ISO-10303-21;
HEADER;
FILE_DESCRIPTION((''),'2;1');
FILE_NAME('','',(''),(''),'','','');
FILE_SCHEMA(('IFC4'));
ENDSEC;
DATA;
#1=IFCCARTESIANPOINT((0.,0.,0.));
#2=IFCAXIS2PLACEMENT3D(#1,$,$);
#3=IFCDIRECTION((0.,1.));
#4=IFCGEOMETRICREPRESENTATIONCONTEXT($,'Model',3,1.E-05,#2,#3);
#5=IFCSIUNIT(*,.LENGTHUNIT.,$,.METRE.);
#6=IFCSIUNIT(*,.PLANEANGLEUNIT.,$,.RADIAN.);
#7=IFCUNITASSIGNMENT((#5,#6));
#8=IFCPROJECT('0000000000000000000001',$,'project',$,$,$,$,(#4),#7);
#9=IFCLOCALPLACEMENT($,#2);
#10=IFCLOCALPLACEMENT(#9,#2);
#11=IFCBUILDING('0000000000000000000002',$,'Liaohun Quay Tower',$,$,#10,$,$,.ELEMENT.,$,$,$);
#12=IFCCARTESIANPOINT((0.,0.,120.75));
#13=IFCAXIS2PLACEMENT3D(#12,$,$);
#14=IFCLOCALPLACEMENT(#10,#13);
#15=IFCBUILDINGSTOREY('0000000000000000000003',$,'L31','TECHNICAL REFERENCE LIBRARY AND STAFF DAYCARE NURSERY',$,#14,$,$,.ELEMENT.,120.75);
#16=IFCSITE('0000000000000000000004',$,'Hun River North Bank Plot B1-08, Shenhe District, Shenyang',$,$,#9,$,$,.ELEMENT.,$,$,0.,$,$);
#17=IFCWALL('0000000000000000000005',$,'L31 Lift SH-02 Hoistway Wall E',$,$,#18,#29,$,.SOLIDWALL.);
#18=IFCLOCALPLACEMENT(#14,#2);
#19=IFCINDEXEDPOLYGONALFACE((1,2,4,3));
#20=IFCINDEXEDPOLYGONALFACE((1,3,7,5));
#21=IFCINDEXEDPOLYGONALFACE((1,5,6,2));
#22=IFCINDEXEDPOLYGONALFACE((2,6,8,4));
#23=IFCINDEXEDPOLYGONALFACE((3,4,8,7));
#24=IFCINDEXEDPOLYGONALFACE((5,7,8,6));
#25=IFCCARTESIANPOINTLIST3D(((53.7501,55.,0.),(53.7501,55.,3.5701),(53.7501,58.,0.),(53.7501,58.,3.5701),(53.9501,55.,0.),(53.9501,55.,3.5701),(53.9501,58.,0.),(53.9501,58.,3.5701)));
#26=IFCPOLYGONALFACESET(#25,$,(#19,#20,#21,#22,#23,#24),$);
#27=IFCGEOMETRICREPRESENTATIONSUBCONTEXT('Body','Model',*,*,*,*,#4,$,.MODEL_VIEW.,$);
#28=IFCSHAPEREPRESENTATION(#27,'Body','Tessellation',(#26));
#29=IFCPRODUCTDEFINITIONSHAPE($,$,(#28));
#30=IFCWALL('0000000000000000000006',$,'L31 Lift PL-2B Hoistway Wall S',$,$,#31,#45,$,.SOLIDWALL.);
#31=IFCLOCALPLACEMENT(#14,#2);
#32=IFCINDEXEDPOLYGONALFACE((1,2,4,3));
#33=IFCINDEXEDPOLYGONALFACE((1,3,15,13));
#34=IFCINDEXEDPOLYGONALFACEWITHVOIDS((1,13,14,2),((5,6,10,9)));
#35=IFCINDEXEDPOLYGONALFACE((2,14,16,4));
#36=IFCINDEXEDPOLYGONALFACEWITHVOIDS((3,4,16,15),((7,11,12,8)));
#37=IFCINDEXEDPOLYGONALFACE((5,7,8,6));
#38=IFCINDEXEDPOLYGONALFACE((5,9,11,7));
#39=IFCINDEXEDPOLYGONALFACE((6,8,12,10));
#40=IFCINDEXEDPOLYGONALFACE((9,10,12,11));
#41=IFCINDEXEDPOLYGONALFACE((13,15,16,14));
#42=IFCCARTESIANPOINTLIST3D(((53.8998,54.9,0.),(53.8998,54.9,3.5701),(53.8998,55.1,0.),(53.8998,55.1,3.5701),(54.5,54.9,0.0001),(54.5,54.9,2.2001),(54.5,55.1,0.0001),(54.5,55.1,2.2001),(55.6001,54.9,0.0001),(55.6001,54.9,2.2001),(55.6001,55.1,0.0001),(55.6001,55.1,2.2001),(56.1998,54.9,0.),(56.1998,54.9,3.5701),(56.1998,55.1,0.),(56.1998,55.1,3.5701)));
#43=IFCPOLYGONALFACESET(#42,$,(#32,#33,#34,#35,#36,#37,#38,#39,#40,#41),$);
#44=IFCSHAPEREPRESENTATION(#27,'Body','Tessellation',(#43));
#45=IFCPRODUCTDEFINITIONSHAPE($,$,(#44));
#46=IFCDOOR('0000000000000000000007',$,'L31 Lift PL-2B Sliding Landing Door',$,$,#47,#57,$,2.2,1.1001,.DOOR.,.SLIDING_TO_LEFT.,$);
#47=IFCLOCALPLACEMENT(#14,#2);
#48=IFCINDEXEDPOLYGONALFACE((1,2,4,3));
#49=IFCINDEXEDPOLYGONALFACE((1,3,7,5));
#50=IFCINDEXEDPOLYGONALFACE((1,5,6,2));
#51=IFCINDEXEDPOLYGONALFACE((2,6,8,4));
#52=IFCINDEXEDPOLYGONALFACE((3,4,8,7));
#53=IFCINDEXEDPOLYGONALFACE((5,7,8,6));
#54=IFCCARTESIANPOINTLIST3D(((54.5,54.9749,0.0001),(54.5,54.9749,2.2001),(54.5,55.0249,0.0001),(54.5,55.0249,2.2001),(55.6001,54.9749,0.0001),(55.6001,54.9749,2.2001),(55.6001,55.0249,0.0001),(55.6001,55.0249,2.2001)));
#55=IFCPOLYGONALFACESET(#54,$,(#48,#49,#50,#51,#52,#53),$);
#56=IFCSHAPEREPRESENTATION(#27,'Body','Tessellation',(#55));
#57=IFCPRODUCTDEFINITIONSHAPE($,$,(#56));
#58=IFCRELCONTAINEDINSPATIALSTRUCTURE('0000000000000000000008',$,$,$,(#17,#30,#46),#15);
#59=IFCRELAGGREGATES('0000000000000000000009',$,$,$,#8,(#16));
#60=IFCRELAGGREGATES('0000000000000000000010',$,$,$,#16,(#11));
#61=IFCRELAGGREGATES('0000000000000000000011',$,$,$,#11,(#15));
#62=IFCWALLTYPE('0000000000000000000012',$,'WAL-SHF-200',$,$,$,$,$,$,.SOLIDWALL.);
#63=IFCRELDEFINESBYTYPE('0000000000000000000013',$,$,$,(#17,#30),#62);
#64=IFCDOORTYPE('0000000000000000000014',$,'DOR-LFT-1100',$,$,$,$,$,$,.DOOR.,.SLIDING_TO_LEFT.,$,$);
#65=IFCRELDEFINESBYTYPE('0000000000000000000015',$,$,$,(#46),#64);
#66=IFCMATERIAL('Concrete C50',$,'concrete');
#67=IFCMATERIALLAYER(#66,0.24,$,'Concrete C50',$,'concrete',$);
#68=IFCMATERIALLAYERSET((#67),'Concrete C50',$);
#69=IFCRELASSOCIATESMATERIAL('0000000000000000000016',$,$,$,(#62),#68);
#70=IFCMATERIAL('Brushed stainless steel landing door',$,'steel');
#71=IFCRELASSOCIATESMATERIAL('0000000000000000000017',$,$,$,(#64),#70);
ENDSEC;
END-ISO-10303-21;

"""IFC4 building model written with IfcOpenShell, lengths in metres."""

from ifc_helpers import new_model, si_unit, direction, frame, frame_2d, origin, place, context, subcontext, project, spatial, rectangle, extrude, source, transform, mapped, material, layer, layer_set, type_object, element, fill, save


model = new_model("IFC4")

# Units and contexts
model_context = context("Model", 3, precision=1e-05, world=origin(), true_north=direction((0.0, 1.0)))
body_context = subcontext(model_context, "Body", "Model", "MODEL_VIEW")
ifc_project = project(units=[si_unit("LENGTHUNIT", "METRE"), si_unit("PLANEANGLEUNIT", "RADIAN")], contexts=[model_context])

# Site, building, storey
site_placement = place(None, origin())
site = spatial("IfcSite", under=ifc_project, at=site_placement, Name="Hun River North Bank Plot B1-08, Shenhe District, Shenyang", CompositionType="ELEMENT", RefElevation=0.0)
building_placement = place(site_placement, origin())
building = spatial("IfcBuilding", under=site, at=building_placement, Name="Liaohun Quay Tower", CompositionType="ELEMENT")
storey_placement = place(building_placement, frame((0.0, 0.0, 120.75)))
storey = spatial("IfcBuildingStorey", under=building, at=storey_placement, Name="L31", Description="TECHNICAL REFERENCE LIBRARY AND STAFF DAYCARE NURSERY", CompositionType="ELEMENT", Elevation=120.75)

# Shared definitions
ifc_material_1 = material(Name="Concrete C50", Category="concrete")

# Shared definitions
ifc_layer_1 = layer(ifc_material_1, 0.24, Name="Concrete C50", Category="concrete")
ifc_layer_set_1 = layer_set([ifc_layer_1], Name="Concrete C50")
wall_type_1 = type_object("IfcWallType", Name="WAL-SHF-200", PredefinedType="SOLIDWALL", material=ifc_layer_set_1)

# Wall
wall_1_placement = place(storey_placement, frame((53.8501, 55.0, 0.0), z_axis=(0.0, 0.0, 1.0), x_axis=(0.0, 1.0, 0.0)))
element("IfcWall", 1, at=wall_1_placement, inside=storey, type_object=wall_type_1, Name="L31 Lift SH-02 Hoistway Wall E", PredefinedType="SOLIDWALL", context=body_context, shape_type="SweptSolid", body=[
    extrude(rectangle(XDim=3.0, YDim=0.2, at=frame_2d((1.5, 0.0))), origin(), (0.0, 0.0, 1.0), 3.5701),
])

# Wall, opening, door
wall_2_placement = place(storey_placement, frame((53.8999, 55.0, 0.0), z_axis=(0.0, 0.0, 1.0), x_axis=(1.0, 0.0, 0.0)))
wall_2 = element("IfcWall", 2, at=wall_2_placement, inside=storey, type_object=wall_type_1, Name="L31 Lift PL-2B Hoistway Wall S", PredefinedType="SOLIDWALL", context=body_context, shape_type="SweptSolid", body=[
    extrude(rectangle(XDim=2.3, YDim=0.2, at=frame_2d((1.1499, 0.0))), origin(), (0.0, 0.0, 1.0), 3.5701),
])
shared_shape_1 = source(origin(), body_context, "Body", "SweptSolid", [
    extrude(rectangle(XDim=1.1001, YDim=2.2, at=frame_2d((0.55, 1.1001))), frame((0.0, 0.1099, 0.0), z_axis=(0.0, -1.0, 0.0), x_axis=(1.0, 0.0, 0.0)), (0.0, 0.0, 1.0), 0.22),
])
opening_1_placement = place(wall_2_placement, frame((0.6001, 0.0, 0.0)))
opening_1 = element("IfcOpeningElement", 3, at=opening_1_placement, cuts=wall_2, PredefinedType="OPENING", context=body_context, shape_type="MappedRepresentation", body=[
    mapped(shared_shape_1, transform((0.0, 0.0, 0.0), x_axis=(1.0, 0.0, 0.0), y_axis=(0.0, 1.0, 0.0), z_axis=(0.0, 0.0, 1.0), scale=1.0)),
])
ifc_material_2 = material(Name="Brushed stainless steel landing door", Category="steel")
door_type_1 = type_object("IfcDoorType", Name="DOR-LFT-1100", OperationType="SLIDING_TO_LEFT", PredefinedType="DOOR", material=ifc_material_2)
shared_shape_2 = source(origin(), body_context, "Body", "SweptSolid", [
    extrude(rectangle(XDim=1.1001, YDim=2.2, at=frame_2d((0.55, 1.1001))), frame((0.0, 0.0249, 0.0), z_axis=(0.0, -1.0, 0.0), x_axis=(1.0, 0.0, 0.0)), (0.0, 0.0, 1.0), 0.05),
])
door_1_placement = place(opening_1_placement, origin())
door_1 = element("IfcDoor", 4, at=door_1_placement, inside=storey, type_object=door_type_1, Name="L31 Lift PL-2B Sliding Landing Door", OperationType="SLIDING_TO_LEFT", OverallHeight=2.2, OverallWidth=1.1001, PredefinedType="DOOR", context=body_context, shape_type="MappedRepresentation", body=[
    mapped(shared_shape_2, transform((0.0, 0.0, 0.0), x_axis=(1.0, 0.0, 0.0), y_axis=(0.0, 1.0, 0.0), z_axis=(0.0, 0.0, 1.0), scale=1.0)),
])
fill(opening_1, door_1)

save(model, "model.ifc")
